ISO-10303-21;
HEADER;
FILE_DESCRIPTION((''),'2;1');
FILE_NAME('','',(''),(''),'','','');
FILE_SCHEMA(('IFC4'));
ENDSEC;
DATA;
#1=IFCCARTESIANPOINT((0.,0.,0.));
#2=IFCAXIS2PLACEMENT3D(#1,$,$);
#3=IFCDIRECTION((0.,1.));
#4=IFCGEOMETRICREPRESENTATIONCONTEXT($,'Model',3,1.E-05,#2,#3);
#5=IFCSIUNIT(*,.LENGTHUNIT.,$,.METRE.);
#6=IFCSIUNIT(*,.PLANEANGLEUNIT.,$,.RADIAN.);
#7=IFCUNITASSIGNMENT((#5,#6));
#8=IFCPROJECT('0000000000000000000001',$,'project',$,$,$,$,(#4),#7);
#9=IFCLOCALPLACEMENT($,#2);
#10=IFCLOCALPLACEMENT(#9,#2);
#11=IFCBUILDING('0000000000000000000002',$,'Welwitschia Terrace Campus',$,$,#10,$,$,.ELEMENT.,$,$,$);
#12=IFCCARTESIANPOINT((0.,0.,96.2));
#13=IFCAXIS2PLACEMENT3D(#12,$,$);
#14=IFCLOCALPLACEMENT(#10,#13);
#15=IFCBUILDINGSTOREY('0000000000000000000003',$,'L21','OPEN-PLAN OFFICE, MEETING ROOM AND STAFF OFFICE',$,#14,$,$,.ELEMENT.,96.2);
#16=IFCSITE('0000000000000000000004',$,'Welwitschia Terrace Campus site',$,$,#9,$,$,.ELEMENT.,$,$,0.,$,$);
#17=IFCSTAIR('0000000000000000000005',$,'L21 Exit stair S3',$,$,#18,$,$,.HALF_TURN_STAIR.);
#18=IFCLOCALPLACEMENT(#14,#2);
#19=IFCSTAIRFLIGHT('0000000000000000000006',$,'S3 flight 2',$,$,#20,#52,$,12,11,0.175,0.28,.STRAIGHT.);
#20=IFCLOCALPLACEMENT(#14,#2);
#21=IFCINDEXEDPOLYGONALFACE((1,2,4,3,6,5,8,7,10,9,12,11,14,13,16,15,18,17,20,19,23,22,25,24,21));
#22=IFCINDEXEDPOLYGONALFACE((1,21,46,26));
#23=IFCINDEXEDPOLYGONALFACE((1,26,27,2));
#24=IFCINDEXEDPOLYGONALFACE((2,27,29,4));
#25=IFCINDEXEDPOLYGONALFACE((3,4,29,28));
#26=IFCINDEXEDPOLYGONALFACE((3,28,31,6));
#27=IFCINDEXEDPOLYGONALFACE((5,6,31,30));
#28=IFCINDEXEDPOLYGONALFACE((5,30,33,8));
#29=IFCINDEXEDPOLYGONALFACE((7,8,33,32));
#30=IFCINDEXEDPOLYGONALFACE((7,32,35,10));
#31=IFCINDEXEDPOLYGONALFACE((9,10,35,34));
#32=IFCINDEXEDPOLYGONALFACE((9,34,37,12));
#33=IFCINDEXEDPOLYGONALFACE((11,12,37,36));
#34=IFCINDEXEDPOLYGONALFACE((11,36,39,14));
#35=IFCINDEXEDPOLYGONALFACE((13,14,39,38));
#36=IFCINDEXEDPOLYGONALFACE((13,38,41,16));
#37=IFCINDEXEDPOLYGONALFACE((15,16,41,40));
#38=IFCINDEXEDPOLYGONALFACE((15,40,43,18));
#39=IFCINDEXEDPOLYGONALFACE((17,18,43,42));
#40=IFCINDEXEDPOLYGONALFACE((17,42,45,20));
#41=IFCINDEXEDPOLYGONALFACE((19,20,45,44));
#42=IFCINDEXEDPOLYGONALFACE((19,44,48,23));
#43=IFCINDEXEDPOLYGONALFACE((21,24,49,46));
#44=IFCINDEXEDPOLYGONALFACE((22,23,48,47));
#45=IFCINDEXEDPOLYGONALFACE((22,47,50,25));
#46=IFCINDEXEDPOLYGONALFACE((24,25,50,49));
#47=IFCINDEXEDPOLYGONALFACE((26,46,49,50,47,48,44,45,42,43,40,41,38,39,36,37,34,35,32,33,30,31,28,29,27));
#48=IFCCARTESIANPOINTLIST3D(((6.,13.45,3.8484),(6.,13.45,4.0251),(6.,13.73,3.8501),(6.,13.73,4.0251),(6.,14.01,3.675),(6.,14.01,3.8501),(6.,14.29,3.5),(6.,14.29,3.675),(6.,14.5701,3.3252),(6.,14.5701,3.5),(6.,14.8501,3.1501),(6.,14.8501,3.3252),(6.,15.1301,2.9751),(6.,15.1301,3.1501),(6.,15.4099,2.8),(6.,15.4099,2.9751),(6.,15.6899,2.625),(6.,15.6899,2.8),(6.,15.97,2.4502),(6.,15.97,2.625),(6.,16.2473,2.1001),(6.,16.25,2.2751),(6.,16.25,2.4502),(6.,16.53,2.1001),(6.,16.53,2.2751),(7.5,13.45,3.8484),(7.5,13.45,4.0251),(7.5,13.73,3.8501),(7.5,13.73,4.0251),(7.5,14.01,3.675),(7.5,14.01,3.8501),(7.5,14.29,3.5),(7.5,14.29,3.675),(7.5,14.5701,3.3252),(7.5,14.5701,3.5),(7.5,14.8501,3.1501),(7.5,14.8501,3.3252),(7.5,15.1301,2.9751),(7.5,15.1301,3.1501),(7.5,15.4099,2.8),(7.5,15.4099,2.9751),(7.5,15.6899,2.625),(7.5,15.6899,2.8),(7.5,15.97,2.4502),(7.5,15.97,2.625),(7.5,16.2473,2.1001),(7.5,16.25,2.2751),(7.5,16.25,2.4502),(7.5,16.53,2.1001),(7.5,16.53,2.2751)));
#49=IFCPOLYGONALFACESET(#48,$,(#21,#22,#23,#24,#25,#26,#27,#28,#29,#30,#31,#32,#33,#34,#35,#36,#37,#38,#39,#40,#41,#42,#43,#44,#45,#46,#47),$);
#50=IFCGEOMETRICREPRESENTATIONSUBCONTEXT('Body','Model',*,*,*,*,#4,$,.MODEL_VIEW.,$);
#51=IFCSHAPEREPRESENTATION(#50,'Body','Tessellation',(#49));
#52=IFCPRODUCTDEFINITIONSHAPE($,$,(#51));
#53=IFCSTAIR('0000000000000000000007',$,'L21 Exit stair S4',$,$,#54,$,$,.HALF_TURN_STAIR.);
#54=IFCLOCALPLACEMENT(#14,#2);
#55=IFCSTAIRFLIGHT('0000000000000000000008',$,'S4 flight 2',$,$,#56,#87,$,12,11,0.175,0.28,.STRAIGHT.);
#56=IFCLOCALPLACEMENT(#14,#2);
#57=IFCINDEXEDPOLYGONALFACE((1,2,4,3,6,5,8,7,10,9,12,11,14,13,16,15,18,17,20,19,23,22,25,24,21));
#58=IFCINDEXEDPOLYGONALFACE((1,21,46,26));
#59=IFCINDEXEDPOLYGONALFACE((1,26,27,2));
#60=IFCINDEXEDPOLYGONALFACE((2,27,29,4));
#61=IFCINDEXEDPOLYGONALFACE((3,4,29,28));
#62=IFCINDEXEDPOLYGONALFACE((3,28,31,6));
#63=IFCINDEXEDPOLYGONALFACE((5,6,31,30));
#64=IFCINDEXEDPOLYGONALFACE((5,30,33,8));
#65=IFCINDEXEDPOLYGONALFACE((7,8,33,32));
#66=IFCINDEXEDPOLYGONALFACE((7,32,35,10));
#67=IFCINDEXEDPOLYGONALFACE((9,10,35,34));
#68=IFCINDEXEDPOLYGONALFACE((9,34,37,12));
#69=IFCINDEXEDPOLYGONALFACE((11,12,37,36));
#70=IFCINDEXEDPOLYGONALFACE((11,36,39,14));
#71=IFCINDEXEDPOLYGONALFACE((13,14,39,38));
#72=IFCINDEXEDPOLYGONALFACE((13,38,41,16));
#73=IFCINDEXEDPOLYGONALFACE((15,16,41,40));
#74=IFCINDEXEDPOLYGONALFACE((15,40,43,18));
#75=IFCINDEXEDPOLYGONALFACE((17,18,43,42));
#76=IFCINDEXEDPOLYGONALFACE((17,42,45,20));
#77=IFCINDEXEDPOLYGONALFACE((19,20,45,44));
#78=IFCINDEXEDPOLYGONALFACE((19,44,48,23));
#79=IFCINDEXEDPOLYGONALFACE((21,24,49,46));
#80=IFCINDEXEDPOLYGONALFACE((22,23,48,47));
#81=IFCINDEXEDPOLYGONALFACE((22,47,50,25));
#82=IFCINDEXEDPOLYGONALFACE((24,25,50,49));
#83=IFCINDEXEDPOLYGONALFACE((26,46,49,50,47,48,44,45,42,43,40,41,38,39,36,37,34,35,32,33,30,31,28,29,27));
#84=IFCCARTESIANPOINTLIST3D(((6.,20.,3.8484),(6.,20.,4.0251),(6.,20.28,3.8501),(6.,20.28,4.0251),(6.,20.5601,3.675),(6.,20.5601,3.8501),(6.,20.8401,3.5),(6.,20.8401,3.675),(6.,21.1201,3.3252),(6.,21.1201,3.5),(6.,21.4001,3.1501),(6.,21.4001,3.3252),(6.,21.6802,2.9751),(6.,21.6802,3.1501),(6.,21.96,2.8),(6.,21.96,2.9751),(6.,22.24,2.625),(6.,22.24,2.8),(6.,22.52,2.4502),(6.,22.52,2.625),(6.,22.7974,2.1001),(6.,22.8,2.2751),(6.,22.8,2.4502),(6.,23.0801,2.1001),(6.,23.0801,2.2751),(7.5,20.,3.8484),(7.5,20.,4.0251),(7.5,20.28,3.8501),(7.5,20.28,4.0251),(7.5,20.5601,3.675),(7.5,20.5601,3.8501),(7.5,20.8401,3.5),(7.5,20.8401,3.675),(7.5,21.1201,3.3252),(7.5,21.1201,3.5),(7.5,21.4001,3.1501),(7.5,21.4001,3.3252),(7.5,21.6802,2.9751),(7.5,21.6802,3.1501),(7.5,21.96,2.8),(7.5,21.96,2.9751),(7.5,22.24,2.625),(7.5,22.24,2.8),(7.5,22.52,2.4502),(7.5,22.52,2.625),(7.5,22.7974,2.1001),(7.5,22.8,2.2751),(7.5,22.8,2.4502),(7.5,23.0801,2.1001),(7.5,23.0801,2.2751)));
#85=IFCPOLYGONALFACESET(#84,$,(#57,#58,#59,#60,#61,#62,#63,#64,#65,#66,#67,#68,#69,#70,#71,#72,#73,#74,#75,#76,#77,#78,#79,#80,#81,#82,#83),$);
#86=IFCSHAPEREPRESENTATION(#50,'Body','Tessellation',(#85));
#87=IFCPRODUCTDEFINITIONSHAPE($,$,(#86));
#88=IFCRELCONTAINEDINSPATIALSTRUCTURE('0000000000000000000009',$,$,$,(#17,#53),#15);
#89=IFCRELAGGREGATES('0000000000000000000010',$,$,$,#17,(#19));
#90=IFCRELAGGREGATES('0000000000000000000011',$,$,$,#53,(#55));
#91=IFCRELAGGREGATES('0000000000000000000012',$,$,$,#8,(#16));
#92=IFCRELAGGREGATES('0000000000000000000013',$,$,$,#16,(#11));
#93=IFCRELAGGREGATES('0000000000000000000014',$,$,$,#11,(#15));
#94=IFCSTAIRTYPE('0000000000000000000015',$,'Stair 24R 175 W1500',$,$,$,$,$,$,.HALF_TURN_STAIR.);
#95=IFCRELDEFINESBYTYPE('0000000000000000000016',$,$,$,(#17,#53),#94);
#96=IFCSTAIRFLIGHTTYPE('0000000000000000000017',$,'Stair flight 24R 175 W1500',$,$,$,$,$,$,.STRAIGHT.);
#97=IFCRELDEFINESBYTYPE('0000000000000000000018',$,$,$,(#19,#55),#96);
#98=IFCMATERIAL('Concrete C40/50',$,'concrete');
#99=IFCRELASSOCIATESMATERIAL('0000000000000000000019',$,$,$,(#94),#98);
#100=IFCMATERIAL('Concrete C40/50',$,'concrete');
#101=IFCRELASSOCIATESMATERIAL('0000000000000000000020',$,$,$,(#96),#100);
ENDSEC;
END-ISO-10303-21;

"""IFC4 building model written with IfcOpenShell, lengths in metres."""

from ifc_helpers import new_model, si_unit, direction, frame, origin, place, context, subcontext, project, spatial, polyline, outline, extrude, material, type_object, element, aggregate, save


model = new_model("IFC4")

# Units and contexts
model_context = context("Model", 3, precision=1e-05, world=origin(), true_north=direction((0.0, 1.0)))
body_context = subcontext(model_context, "Body", "Model", "MODEL_VIEW")
ifc_project = project(units=[si_unit("LENGTHUNIT", "METRE"), si_unit("PLANEANGLEUNIT", "RADIAN")], contexts=[model_context])

# Site, building, storey
site_placement = place(None, origin())
site = spatial("IfcSite", under=ifc_project, at=site_placement, Name="Welwitschia Terrace Campus site", CompositionType="ELEMENT", RefElevation=0.0)
building_placement = place(site_placement, origin())
building = spatial("IfcBuilding", under=site, at=building_placement, Name="Welwitschia Terrace Campus", CompositionType="ELEMENT")
storey_placement = place(building_placement, frame((0.0, 0.0, 96.2)))
storey = spatial("IfcBuildingStorey", under=building, at=storey_placement, Name="L21", Description="OPEN-PLAN OFFICE, MEETING ROOM AND STAFF OFFICE", CompositionType="ELEMENT", Elevation=96.2)

# Stairs, stair flights
ifc_material_1 = material(Name="Concrete C40/50", Category="concrete")
stair_type = type_object("IfcStairType", Name="Stair 24R 175 W1500", PredefinedType="HALF_TURN_STAIR", material=ifc_material_1)
stair_1_placement = place(storey_placement, origin())
stair_1 = element("IfcStair", 1, at=stair_1_placement, inside=storey, type_object=stair_type, Name="L21 Exit stair S3", PredefinedType="HALF_TURN_STAIR")
ifc_material_2 = material(Name="Concrete C40/50", Category="concrete")
stair_flight_type = type_object("IfcStairFlightType", Name="Stair flight 24R 175 W1500", PredefinedType="STRAIGHT", material=ifc_material_2)
stair_flight_1_placement = place(storey_placement, frame((6.75, 16.53, 2.1001), z_axis=(0.0, 0.0, 1.0), x_axis=(0.0, -1.0, 0.0)))
stair_flight_1 = element("IfcStairFlight", 2, at=stair_flight_1_placement, type_object=stair_flight_type, Name="S3 flight 2", NumberOfRisers=12, NumberOfTreads=11, PredefinedType="STRAIGHT", RiserHeight=0.175, TreadLength=0.28, context=body_context, shape_type="SweptSolid", body=[
    extrude(outline(polyline([(0.0, 0.0), (0.0, 0.175), (0.28, 0.175), (0.28, 0.3501), (0.5601, 0.3501), (0.5601, 0.5249), (0.8401, 0.5249), (0.8401, 0.7), (1.1201, 0.7), (1.1201, 0.875), (1.3999, 0.875), (1.3999, 1.05), (1.6799, 1.05), (1.6799, 1.2251), (1.96, 1.2251), (1.96, 1.3999), (2.24, 1.3999), (2.24, 1.575), (2.52, 1.575), (2.52, 1.75), (2.8, 1.75), (2.8, 1.925), (3.0801, 1.925), (3.0801, 2.1001), (3.0801, 1.7483), (0.2827, 0.0), (0.0, 0.0)])), frame((0.0, 0.75, 0.0), z_axis=(0.0, -1.0, 0.0), x_axis=(1.0, 0.0, 0.0)), (0.0, 0.0, 1.0), 1.5),
])
aggregate(stair_1, [stair_flight_1])
stair_2_placement = place(storey_placement, origin())
stair_2 = element("IfcStair", 3, at=stair_2_placement, inside=storey, type_object=stair_type, Name="L21 Exit stair S4", PredefinedType="HALF_TURN_STAIR")
stair_flight_2_placement = place(storey_placement, frame((6.75, 23.0801, 2.1001), z_axis=(0.0, 0.0, 1.0), x_axis=(0.0, -1.0, 0.0)))
stair_flight_2 = element("IfcStairFlight", 4, at=stair_flight_2_placement, type_object=stair_flight_type, Name="S4 flight 2", NumberOfRisers=12, NumberOfTreads=11, PredefinedType="STRAIGHT", RiserHeight=0.175, TreadLength=0.28, context=body_context, shape_type="SweptSolid", body=[
    extrude(outline(polyline([(0.0, 0.0), (0.0, 0.175), (0.28, 0.175), (0.28, 0.3501), (0.5601, 0.3501), (0.5601, 0.5249), (0.8401, 0.5249), (0.8401, 0.7), (1.1201, 0.7), (1.1201, 0.875), (1.3999, 0.875), (1.3999, 1.05), (1.6799, 1.05), (1.6799, 1.2251), (1.96, 1.2251), (1.96, 1.3999), (2.24, 1.3999), (2.24, 1.575), (2.52, 1.575), (2.52, 1.75), (2.8, 1.75), (2.8, 1.925), (3.0801, 1.925), (3.0801, 2.1001), (3.0801, 1.7483), (0.2827, 0.0), (0.0, 0.0)])), frame((0.0, 0.75, 0.0), z_axis=(0.0, -1.0, 0.0), x_axis=(1.0, 0.0, 0.0)), (0.0, 0.0, 1.0), 1.5),
])
aggregate(stair_2, [stair_flight_2])

save(model, "model.ifc")
